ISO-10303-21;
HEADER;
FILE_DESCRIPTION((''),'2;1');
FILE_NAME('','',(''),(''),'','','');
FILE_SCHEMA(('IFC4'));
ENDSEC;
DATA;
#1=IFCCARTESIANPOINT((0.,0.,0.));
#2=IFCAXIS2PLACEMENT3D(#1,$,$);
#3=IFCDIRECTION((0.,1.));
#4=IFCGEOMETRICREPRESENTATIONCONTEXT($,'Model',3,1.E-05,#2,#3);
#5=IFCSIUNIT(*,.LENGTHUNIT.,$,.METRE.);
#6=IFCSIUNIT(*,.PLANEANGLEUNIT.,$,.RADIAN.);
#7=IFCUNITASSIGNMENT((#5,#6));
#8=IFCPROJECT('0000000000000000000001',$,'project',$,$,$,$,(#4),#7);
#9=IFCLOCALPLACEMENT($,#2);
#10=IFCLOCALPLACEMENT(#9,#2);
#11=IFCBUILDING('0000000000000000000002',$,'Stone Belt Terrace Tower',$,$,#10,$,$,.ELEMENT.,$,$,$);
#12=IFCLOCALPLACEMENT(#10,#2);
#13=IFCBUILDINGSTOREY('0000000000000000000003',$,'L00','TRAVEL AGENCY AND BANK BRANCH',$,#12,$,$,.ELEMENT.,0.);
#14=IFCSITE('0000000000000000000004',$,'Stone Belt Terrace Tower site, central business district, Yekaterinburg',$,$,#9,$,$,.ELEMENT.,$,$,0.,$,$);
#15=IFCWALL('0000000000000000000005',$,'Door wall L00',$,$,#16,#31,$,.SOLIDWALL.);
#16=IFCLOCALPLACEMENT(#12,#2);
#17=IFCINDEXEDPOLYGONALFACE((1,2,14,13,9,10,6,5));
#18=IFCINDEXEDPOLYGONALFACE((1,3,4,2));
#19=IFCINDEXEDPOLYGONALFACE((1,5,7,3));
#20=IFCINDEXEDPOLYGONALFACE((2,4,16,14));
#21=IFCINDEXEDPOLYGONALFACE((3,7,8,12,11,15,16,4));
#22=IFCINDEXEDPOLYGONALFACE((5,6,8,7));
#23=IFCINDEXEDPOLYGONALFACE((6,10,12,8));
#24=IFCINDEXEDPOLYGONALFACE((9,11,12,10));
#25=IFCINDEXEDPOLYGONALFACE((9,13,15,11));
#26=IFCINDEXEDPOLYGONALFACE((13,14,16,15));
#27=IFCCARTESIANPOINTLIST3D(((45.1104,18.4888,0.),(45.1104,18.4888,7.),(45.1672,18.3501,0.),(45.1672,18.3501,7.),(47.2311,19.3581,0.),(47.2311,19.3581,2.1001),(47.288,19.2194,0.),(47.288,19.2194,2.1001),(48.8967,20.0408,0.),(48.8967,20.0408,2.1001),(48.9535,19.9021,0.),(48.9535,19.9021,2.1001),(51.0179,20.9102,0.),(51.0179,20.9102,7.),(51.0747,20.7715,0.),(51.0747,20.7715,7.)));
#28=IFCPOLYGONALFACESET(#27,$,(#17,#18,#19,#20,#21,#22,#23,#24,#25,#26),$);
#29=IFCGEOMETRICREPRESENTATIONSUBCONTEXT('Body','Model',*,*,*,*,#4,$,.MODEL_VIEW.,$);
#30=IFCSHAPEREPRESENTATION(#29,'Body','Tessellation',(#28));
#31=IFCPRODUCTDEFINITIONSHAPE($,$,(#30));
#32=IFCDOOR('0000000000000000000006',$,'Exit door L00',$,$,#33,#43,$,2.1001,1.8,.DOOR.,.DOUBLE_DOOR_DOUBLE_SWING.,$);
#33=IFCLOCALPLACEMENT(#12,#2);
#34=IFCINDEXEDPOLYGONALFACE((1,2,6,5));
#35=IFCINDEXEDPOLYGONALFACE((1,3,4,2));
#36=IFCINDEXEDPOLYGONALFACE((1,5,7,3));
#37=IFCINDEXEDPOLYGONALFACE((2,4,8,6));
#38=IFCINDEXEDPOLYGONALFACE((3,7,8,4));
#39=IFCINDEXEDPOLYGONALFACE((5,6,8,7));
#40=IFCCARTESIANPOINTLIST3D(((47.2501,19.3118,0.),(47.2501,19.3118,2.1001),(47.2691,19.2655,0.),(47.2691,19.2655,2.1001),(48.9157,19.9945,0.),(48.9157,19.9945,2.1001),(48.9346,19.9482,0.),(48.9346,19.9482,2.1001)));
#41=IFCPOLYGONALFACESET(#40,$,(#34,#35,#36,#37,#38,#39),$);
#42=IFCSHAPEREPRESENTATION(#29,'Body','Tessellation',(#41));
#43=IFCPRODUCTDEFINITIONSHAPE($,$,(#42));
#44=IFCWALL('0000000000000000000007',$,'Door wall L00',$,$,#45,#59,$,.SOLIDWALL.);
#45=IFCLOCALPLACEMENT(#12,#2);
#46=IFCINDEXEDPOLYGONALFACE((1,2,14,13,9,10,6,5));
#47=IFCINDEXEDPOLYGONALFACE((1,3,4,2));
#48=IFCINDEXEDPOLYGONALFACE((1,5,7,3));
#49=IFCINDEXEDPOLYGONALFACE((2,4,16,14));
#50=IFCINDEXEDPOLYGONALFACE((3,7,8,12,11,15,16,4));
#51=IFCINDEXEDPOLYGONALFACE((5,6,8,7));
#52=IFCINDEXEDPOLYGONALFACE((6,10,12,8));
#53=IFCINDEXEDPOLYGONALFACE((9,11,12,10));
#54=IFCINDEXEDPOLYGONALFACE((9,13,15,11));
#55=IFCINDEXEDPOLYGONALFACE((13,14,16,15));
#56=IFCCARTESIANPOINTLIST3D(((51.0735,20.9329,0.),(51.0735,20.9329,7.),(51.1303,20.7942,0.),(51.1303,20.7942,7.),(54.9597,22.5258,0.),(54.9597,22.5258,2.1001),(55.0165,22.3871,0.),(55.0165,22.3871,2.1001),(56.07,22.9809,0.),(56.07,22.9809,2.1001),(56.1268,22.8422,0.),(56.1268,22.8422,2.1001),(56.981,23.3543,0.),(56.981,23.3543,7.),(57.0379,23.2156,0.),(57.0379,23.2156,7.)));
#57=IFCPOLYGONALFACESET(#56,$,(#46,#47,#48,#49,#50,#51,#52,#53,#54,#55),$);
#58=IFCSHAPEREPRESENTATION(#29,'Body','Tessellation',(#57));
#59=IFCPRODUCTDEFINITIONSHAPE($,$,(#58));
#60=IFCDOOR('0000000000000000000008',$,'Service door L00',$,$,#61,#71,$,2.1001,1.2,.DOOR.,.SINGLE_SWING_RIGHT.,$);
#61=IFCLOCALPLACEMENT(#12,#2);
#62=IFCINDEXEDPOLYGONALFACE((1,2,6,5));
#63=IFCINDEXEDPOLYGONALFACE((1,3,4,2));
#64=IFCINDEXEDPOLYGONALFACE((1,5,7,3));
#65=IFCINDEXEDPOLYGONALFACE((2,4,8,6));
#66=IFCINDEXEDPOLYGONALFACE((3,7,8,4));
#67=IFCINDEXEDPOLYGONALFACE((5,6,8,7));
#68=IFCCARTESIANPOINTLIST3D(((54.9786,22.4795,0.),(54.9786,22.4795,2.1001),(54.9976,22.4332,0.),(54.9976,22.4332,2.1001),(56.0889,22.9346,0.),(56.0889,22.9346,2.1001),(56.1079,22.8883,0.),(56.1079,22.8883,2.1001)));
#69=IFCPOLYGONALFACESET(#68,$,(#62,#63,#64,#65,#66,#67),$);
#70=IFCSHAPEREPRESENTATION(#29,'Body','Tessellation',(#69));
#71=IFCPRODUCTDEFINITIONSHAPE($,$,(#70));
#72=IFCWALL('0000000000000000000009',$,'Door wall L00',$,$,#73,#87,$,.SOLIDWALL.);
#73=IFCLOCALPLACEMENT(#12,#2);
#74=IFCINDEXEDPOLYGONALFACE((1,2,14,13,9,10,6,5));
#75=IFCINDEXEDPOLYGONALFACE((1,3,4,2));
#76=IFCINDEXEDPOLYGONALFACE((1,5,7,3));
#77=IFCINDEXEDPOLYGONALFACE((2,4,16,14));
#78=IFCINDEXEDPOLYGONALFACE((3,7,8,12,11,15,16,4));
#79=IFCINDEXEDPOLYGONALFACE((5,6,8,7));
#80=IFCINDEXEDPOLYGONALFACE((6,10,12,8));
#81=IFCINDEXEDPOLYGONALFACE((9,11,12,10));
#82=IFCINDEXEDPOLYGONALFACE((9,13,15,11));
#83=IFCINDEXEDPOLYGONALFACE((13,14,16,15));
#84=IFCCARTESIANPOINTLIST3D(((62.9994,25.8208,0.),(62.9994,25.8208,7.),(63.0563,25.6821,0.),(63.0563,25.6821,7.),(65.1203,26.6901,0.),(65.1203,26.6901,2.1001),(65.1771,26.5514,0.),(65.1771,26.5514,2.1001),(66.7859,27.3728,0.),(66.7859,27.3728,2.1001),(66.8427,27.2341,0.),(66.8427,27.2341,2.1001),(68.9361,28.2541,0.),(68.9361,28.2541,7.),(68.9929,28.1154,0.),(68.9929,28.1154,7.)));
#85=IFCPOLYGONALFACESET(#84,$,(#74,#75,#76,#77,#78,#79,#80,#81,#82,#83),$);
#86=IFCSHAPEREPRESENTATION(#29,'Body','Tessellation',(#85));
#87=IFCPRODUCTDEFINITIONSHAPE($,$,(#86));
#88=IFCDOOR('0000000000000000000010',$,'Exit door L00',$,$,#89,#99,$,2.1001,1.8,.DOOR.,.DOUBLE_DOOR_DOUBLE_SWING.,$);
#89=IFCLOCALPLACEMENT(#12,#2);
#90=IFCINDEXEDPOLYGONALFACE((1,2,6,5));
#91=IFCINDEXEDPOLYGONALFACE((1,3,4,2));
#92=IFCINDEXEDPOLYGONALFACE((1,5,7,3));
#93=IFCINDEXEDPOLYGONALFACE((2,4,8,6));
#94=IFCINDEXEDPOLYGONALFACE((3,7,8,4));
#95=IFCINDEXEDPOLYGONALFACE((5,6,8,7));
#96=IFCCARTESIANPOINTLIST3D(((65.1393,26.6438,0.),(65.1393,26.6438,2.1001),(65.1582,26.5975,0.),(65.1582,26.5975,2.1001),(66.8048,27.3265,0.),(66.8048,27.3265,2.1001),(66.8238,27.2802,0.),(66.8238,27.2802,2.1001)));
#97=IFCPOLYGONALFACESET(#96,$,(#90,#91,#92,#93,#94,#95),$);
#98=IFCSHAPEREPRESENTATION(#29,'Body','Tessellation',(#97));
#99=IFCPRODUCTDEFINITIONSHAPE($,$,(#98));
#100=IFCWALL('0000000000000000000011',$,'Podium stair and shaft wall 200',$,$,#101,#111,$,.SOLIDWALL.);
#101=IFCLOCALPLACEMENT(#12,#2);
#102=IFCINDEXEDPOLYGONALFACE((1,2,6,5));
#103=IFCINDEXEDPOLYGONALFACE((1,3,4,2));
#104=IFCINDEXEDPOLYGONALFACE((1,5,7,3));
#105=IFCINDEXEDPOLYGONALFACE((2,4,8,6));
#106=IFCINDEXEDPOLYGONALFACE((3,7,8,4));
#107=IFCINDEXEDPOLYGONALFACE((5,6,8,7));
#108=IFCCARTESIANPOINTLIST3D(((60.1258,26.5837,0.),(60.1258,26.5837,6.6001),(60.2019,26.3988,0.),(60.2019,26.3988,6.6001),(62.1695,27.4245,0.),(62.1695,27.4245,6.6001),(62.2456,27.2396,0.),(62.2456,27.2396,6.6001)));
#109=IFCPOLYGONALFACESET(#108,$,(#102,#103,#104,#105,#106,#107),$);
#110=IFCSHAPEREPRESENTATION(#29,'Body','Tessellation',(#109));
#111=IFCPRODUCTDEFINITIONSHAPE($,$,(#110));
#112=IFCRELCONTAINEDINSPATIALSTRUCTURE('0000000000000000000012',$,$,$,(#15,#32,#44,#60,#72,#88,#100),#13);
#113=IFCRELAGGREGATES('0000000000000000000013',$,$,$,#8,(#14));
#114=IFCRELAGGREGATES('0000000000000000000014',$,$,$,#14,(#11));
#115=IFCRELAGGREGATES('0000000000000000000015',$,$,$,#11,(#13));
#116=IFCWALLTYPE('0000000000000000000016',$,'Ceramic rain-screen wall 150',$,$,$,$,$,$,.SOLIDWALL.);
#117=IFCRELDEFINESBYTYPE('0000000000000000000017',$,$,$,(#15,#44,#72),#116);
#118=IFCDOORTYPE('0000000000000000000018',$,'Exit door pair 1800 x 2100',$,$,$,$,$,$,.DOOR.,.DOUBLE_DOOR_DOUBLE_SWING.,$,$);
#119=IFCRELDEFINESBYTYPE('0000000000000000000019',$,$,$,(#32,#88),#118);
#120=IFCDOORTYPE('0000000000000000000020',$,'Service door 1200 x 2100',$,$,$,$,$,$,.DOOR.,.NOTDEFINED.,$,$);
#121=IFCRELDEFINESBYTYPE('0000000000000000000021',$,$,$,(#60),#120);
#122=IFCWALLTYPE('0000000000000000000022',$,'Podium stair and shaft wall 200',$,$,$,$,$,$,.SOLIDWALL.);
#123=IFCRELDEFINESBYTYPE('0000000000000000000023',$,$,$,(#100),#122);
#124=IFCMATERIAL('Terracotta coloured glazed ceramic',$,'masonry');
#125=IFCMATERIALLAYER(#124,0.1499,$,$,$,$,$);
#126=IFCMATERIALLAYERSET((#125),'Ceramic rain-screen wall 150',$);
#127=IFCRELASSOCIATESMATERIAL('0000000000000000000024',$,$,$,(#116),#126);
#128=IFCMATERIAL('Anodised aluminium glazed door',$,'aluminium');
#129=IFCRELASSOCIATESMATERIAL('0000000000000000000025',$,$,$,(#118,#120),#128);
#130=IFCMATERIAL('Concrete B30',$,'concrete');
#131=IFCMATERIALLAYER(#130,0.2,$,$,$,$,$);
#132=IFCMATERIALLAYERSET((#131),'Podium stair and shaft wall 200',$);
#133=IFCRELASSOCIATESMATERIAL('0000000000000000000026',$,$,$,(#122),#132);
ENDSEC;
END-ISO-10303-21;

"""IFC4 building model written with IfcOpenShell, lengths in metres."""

from ifc_helpers import new_model, si_unit, direction, frame, frame_2d, origin, place, context, subcontext, project, spatial, rectangle, extrude, material, layer, layer_set, type_object, element, fill, save


model = new_model("IFC4")

# Units and contexts
model_context = context("Model", 3, precision=1e-05, world=origin(), true_north=direction((0.0, 1.0)))
body_context = subcontext(model_context, "Body", "Model", "MODEL_VIEW")
ifc_project = project(units=[si_unit("LENGTHUNIT", "METRE"), si_unit("PLANEANGLEUNIT", "RADIAN")], contexts=[model_context])

# Site, building, storey
site_placement = place(None, origin())
site = spatial("IfcSite", under=ifc_project, at=site_placement, Name="Stone Belt Terrace Tower site, central business district, Yekaterinburg", CompositionType="ELEMENT", RefElevation=0.0)
building_placement = place(site_placement, origin())
building = spatial("IfcBuilding", under=site, at=building_placement, Name="Stone Belt Terrace Tower", CompositionType="ELEMENT")
storey_placement = place(building_placement, origin())
storey = spatial("IfcBuildingStorey", under=building, at=storey_placement, Name="L00", Description="TRAVEL AGENCY AND BANK BRANCH", CompositionType="ELEMENT", Elevation=0.0)

# Walls, openings, doors
ifc_material_1 = material(Name="Terracotta coloured glazed ceramic", Category="masonry")
ifc_layer_1 = layer(ifc_material_1, 0.1499)
ifc_layer_set_1 = layer_set([ifc_layer_1], Name="Ceramic rain-screen wall 150")
wall_type_1 = type_object("IfcWallType", Name="Ceramic rain-screen wall 150", PredefinedType="SOLIDWALL", material=ifc_layer_set_1)
wall_1_placement = place(storey_placement, frame((45.1387, 18.4194, 0.0), z_axis=(0.0, 0.0, 1.0), x_axis=(0.925289, 0.379263, 0.0)))
wall_1 = element("IfcWall", 1, at=wall_1_placement, inside=storey, type_object=wall_type_1, Name="Door wall L00", PredefinedType="SOLIDWALL", context=body_context, shape_type="SweptSolid", body=[
    extrude(rectangle(XDim=6.3845, YDim=0.1499, at=frame_2d((3.1924, 0.0))), origin(), (0.0, 0.0, 1.0), 7.0),
])
opening_1_placement = place(wall_1_placement, frame((2.2922, 0.0, 0.0)))
opening_1 = element("IfcOpeningElement", 2, at=opening_1_placement, cuts=wall_1, PredefinedType="OPENING", context=body_context, shape_type="SweptSolid", body=[
    extrude(rectangle(XDim=1.8, YDim=2.1001, at=frame_2d((0.8999, 1.05))), frame((0.0, 0.085, 0.0), z_axis=(0.0, -1.0, 0.0), x_axis=(1.0, 0.0, 0.0)), (0.0, 0.0, 1.0), 0.1699),
])
ifc_material_2 = material(Name="Anodised aluminium glazed door", Category="aluminium")
door_type_1 = type_object("IfcDoorType", Name="Exit door pair 1800 x 2100", OperationType="DOUBLE_DOOR_DOUBLE_SWING", PredefinedType="DOOR", material=ifc_material_2)
door_1_placement = place(opening_1_placement, origin())
door_1 = element("IfcDoor", 3, at=door_1_placement, inside=storey, type_object=door_type_1, Name="Exit door L00", OperationType="DOUBLE_DOOR_DOUBLE_SWING", OverallHeight=2.1001, OverallWidth=1.8, PredefinedType="DOOR", context=body_context, shape_type="SweptSolid", body=[
    extrude(rectangle(XDim=1.8, YDim=2.1001, at=frame_2d((0.8999, 1.05))), frame((0.0, 0.0249, 0.0), z_axis=(0.0, -1.0, 0.0), x_axis=(1.0, 0.0, 0.0)), (0.0, 0.0, 1.0), 0.05),
])
fill(opening_1, door_1)
wall_2_placement = place(storey_placement, frame((51.1018, 20.8635, 0.0), z_axis=(0.0, 0.0, 1.0), x_axis=(0.925289, 0.379263, 0.0)))
wall_2 = element("IfcWall", 4, at=wall_2_placement, inside=storey, type_object=wall_type_1, Name="Door wall L00", PredefinedType="SOLIDWALL", context=body_context, shape_type="SweptSolid", body=[
    extrude(rectangle(XDim=6.3845, YDim=0.1499, at=frame_2d((3.1924, 0.0))), origin(), (0.0, 0.0, 1.0), 7.0),
])
opening_2_placement = place(wall_2_placement, frame((4.2, 0.0, 0.0)))
opening_2 = element("IfcOpeningElement", 5, at=opening_2_placement, cuts=wall_2, PredefinedType="OPENING", context=body_context, shape_type="SweptSolid", body=[
    extrude(rectangle(XDim=1.2, YDim=2.1001, at=frame_2d((0.6001, 1.05))), frame((0.0, 0.085, 0.0), z_axis=(0.0, -1.0, 0.0), x_axis=(1.0, 0.0, 0.0)), (0.0, 0.0, 1.0), 0.1699),
])
door_type_2 = type_object("IfcDoorType", Name="Service door 1200 x 2100", OperationType="NOTDEFINED", PredefinedType="DOOR", material=ifc_material_2)
door_2_placement = place(opening_2_placement, origin())
door_2 = element("IfcDoor", 6, at=door_2_placement, inside=storey, type_object=door_type_2, Name="Service door L00", OperationType="SINGLE_SWING_RIGHT", OverallHeight=2.1001, OverallWidth=1.2, PredefinedType="DOOR", context=body_context, shape_type="SweptSolid", body=[
    extrude(rectangle(XDim=1.2, YDim=2.1001, at=frame_2d((0.6001, 1.05))), frame((0.0, 0.0249, 0.0), z_axis=(0.0, -1.0, 0.0), x_axis=(1.0, 0.0, 0.0)), (0.0, 0.0, 1.0), 0.05),
])
fill(opening_2, door_2)
wall_3_placement = place(storey_placement, frame((63.0278, 25.7515, 0.0), z_axis=(0.0, 0.0, 1.0), x_axis=(0.925292, 0.379257, 0.0)))
wall_3 = element("IfcWall", 7, at=wall_3_placement, inside=storey, type_object=wall_type_1, Name="Door wall L00", PredefinedType="SOLIDWALL", context=body_context, shape_type="SweptSolid", body=[
    extrude(rectangle(XDim=6.416, YDim=0.1499, at=frame_2d((3.208, 0.0))), origin(), (0.0, 0.0, 1.0), 7.0),
])
opening_3_placement = place(wall_3_placement, frame((2.2922, 0.0, 0.0)))
opening_3 = element("IfcOpeningElement", 8, at=opening_3_placement, cuts=wall_3, PredefinedType="OPENING", context=body_context, shape_type="SweptSolid", body=[
    extrude(rectangle(XDim=1.8, YDim=2.1001, at=frame_2d((0.8999, 1.05))), frame((0.0, 0.085, 0.0), z_axis=(0.0, -1.0, 0.0), x_axis=(1.0, 0.0, 0.0)), (0.0, 0.0, 1.0), 0.1699),
])
door_3_placement = place(opening_3_placement, origin())
door_3 = element("IfcDoor", 9, at=door_3_placement, inside=storey, type_object=door_type_1, Name="Exit door L00", OperationType="DOUBLE_DOOR_DOUBLE_SWING", OverallHeight=2.1001, OverallWidth=1.8, PredefinedType="DOOR", context=body_context, shape_type="SweptSolid", body=[
    extrude(rectangle(XDim=1.8, YDim=2.1001, at=frame_2d((0.8999, 1.05))), frame((0.0, 0.0249, 0.0), z_axis=(0.0, -1.0, 0.0), x_axis=(1.0, 0.0, 0.0)), (0.0, 0.0, 1.0), 0.05),
])
fill(opening_3, door_3)

# Wall
ifc_material_3 = material(Name="Concrete B30", Category="concrete")
ifc_layer_2 = layer(ifc_material_3, 0.2)
ifc_layer_set_2 = layer_set([ifc_layer_2], Name="Podium stair and shaft wall 200")
wall_type_2 = type_object("IfcWallType", Name="Podium stair and shaft wall 200", PredefinedType="SOLIDWALL", material=ifc_layer_set_2)
wall_4_placement = place(storey_placement, frame((60.1638, 26.4912, 0.0), z_axis=(0.0, 0.0, 1.0), x_axis=(0.92479, 0.380478, 0.0)))
element("IfcWall", 10, at=wall_4_placement, inside=storey, type_object=wall_type_2, Name="Podium stair and shaft wall 200", PredefinedType="SOLIDWALL", context=body_context, shape_type="SweptSolid", body=[
    extrude(rectangle(XDim=2.21, YDim=0.2, at=frame_2d((1.105, 0.0))), origin(), (0.0, 0.0, 1.0), 6.6001),
])

save(model, "model.ifc")
